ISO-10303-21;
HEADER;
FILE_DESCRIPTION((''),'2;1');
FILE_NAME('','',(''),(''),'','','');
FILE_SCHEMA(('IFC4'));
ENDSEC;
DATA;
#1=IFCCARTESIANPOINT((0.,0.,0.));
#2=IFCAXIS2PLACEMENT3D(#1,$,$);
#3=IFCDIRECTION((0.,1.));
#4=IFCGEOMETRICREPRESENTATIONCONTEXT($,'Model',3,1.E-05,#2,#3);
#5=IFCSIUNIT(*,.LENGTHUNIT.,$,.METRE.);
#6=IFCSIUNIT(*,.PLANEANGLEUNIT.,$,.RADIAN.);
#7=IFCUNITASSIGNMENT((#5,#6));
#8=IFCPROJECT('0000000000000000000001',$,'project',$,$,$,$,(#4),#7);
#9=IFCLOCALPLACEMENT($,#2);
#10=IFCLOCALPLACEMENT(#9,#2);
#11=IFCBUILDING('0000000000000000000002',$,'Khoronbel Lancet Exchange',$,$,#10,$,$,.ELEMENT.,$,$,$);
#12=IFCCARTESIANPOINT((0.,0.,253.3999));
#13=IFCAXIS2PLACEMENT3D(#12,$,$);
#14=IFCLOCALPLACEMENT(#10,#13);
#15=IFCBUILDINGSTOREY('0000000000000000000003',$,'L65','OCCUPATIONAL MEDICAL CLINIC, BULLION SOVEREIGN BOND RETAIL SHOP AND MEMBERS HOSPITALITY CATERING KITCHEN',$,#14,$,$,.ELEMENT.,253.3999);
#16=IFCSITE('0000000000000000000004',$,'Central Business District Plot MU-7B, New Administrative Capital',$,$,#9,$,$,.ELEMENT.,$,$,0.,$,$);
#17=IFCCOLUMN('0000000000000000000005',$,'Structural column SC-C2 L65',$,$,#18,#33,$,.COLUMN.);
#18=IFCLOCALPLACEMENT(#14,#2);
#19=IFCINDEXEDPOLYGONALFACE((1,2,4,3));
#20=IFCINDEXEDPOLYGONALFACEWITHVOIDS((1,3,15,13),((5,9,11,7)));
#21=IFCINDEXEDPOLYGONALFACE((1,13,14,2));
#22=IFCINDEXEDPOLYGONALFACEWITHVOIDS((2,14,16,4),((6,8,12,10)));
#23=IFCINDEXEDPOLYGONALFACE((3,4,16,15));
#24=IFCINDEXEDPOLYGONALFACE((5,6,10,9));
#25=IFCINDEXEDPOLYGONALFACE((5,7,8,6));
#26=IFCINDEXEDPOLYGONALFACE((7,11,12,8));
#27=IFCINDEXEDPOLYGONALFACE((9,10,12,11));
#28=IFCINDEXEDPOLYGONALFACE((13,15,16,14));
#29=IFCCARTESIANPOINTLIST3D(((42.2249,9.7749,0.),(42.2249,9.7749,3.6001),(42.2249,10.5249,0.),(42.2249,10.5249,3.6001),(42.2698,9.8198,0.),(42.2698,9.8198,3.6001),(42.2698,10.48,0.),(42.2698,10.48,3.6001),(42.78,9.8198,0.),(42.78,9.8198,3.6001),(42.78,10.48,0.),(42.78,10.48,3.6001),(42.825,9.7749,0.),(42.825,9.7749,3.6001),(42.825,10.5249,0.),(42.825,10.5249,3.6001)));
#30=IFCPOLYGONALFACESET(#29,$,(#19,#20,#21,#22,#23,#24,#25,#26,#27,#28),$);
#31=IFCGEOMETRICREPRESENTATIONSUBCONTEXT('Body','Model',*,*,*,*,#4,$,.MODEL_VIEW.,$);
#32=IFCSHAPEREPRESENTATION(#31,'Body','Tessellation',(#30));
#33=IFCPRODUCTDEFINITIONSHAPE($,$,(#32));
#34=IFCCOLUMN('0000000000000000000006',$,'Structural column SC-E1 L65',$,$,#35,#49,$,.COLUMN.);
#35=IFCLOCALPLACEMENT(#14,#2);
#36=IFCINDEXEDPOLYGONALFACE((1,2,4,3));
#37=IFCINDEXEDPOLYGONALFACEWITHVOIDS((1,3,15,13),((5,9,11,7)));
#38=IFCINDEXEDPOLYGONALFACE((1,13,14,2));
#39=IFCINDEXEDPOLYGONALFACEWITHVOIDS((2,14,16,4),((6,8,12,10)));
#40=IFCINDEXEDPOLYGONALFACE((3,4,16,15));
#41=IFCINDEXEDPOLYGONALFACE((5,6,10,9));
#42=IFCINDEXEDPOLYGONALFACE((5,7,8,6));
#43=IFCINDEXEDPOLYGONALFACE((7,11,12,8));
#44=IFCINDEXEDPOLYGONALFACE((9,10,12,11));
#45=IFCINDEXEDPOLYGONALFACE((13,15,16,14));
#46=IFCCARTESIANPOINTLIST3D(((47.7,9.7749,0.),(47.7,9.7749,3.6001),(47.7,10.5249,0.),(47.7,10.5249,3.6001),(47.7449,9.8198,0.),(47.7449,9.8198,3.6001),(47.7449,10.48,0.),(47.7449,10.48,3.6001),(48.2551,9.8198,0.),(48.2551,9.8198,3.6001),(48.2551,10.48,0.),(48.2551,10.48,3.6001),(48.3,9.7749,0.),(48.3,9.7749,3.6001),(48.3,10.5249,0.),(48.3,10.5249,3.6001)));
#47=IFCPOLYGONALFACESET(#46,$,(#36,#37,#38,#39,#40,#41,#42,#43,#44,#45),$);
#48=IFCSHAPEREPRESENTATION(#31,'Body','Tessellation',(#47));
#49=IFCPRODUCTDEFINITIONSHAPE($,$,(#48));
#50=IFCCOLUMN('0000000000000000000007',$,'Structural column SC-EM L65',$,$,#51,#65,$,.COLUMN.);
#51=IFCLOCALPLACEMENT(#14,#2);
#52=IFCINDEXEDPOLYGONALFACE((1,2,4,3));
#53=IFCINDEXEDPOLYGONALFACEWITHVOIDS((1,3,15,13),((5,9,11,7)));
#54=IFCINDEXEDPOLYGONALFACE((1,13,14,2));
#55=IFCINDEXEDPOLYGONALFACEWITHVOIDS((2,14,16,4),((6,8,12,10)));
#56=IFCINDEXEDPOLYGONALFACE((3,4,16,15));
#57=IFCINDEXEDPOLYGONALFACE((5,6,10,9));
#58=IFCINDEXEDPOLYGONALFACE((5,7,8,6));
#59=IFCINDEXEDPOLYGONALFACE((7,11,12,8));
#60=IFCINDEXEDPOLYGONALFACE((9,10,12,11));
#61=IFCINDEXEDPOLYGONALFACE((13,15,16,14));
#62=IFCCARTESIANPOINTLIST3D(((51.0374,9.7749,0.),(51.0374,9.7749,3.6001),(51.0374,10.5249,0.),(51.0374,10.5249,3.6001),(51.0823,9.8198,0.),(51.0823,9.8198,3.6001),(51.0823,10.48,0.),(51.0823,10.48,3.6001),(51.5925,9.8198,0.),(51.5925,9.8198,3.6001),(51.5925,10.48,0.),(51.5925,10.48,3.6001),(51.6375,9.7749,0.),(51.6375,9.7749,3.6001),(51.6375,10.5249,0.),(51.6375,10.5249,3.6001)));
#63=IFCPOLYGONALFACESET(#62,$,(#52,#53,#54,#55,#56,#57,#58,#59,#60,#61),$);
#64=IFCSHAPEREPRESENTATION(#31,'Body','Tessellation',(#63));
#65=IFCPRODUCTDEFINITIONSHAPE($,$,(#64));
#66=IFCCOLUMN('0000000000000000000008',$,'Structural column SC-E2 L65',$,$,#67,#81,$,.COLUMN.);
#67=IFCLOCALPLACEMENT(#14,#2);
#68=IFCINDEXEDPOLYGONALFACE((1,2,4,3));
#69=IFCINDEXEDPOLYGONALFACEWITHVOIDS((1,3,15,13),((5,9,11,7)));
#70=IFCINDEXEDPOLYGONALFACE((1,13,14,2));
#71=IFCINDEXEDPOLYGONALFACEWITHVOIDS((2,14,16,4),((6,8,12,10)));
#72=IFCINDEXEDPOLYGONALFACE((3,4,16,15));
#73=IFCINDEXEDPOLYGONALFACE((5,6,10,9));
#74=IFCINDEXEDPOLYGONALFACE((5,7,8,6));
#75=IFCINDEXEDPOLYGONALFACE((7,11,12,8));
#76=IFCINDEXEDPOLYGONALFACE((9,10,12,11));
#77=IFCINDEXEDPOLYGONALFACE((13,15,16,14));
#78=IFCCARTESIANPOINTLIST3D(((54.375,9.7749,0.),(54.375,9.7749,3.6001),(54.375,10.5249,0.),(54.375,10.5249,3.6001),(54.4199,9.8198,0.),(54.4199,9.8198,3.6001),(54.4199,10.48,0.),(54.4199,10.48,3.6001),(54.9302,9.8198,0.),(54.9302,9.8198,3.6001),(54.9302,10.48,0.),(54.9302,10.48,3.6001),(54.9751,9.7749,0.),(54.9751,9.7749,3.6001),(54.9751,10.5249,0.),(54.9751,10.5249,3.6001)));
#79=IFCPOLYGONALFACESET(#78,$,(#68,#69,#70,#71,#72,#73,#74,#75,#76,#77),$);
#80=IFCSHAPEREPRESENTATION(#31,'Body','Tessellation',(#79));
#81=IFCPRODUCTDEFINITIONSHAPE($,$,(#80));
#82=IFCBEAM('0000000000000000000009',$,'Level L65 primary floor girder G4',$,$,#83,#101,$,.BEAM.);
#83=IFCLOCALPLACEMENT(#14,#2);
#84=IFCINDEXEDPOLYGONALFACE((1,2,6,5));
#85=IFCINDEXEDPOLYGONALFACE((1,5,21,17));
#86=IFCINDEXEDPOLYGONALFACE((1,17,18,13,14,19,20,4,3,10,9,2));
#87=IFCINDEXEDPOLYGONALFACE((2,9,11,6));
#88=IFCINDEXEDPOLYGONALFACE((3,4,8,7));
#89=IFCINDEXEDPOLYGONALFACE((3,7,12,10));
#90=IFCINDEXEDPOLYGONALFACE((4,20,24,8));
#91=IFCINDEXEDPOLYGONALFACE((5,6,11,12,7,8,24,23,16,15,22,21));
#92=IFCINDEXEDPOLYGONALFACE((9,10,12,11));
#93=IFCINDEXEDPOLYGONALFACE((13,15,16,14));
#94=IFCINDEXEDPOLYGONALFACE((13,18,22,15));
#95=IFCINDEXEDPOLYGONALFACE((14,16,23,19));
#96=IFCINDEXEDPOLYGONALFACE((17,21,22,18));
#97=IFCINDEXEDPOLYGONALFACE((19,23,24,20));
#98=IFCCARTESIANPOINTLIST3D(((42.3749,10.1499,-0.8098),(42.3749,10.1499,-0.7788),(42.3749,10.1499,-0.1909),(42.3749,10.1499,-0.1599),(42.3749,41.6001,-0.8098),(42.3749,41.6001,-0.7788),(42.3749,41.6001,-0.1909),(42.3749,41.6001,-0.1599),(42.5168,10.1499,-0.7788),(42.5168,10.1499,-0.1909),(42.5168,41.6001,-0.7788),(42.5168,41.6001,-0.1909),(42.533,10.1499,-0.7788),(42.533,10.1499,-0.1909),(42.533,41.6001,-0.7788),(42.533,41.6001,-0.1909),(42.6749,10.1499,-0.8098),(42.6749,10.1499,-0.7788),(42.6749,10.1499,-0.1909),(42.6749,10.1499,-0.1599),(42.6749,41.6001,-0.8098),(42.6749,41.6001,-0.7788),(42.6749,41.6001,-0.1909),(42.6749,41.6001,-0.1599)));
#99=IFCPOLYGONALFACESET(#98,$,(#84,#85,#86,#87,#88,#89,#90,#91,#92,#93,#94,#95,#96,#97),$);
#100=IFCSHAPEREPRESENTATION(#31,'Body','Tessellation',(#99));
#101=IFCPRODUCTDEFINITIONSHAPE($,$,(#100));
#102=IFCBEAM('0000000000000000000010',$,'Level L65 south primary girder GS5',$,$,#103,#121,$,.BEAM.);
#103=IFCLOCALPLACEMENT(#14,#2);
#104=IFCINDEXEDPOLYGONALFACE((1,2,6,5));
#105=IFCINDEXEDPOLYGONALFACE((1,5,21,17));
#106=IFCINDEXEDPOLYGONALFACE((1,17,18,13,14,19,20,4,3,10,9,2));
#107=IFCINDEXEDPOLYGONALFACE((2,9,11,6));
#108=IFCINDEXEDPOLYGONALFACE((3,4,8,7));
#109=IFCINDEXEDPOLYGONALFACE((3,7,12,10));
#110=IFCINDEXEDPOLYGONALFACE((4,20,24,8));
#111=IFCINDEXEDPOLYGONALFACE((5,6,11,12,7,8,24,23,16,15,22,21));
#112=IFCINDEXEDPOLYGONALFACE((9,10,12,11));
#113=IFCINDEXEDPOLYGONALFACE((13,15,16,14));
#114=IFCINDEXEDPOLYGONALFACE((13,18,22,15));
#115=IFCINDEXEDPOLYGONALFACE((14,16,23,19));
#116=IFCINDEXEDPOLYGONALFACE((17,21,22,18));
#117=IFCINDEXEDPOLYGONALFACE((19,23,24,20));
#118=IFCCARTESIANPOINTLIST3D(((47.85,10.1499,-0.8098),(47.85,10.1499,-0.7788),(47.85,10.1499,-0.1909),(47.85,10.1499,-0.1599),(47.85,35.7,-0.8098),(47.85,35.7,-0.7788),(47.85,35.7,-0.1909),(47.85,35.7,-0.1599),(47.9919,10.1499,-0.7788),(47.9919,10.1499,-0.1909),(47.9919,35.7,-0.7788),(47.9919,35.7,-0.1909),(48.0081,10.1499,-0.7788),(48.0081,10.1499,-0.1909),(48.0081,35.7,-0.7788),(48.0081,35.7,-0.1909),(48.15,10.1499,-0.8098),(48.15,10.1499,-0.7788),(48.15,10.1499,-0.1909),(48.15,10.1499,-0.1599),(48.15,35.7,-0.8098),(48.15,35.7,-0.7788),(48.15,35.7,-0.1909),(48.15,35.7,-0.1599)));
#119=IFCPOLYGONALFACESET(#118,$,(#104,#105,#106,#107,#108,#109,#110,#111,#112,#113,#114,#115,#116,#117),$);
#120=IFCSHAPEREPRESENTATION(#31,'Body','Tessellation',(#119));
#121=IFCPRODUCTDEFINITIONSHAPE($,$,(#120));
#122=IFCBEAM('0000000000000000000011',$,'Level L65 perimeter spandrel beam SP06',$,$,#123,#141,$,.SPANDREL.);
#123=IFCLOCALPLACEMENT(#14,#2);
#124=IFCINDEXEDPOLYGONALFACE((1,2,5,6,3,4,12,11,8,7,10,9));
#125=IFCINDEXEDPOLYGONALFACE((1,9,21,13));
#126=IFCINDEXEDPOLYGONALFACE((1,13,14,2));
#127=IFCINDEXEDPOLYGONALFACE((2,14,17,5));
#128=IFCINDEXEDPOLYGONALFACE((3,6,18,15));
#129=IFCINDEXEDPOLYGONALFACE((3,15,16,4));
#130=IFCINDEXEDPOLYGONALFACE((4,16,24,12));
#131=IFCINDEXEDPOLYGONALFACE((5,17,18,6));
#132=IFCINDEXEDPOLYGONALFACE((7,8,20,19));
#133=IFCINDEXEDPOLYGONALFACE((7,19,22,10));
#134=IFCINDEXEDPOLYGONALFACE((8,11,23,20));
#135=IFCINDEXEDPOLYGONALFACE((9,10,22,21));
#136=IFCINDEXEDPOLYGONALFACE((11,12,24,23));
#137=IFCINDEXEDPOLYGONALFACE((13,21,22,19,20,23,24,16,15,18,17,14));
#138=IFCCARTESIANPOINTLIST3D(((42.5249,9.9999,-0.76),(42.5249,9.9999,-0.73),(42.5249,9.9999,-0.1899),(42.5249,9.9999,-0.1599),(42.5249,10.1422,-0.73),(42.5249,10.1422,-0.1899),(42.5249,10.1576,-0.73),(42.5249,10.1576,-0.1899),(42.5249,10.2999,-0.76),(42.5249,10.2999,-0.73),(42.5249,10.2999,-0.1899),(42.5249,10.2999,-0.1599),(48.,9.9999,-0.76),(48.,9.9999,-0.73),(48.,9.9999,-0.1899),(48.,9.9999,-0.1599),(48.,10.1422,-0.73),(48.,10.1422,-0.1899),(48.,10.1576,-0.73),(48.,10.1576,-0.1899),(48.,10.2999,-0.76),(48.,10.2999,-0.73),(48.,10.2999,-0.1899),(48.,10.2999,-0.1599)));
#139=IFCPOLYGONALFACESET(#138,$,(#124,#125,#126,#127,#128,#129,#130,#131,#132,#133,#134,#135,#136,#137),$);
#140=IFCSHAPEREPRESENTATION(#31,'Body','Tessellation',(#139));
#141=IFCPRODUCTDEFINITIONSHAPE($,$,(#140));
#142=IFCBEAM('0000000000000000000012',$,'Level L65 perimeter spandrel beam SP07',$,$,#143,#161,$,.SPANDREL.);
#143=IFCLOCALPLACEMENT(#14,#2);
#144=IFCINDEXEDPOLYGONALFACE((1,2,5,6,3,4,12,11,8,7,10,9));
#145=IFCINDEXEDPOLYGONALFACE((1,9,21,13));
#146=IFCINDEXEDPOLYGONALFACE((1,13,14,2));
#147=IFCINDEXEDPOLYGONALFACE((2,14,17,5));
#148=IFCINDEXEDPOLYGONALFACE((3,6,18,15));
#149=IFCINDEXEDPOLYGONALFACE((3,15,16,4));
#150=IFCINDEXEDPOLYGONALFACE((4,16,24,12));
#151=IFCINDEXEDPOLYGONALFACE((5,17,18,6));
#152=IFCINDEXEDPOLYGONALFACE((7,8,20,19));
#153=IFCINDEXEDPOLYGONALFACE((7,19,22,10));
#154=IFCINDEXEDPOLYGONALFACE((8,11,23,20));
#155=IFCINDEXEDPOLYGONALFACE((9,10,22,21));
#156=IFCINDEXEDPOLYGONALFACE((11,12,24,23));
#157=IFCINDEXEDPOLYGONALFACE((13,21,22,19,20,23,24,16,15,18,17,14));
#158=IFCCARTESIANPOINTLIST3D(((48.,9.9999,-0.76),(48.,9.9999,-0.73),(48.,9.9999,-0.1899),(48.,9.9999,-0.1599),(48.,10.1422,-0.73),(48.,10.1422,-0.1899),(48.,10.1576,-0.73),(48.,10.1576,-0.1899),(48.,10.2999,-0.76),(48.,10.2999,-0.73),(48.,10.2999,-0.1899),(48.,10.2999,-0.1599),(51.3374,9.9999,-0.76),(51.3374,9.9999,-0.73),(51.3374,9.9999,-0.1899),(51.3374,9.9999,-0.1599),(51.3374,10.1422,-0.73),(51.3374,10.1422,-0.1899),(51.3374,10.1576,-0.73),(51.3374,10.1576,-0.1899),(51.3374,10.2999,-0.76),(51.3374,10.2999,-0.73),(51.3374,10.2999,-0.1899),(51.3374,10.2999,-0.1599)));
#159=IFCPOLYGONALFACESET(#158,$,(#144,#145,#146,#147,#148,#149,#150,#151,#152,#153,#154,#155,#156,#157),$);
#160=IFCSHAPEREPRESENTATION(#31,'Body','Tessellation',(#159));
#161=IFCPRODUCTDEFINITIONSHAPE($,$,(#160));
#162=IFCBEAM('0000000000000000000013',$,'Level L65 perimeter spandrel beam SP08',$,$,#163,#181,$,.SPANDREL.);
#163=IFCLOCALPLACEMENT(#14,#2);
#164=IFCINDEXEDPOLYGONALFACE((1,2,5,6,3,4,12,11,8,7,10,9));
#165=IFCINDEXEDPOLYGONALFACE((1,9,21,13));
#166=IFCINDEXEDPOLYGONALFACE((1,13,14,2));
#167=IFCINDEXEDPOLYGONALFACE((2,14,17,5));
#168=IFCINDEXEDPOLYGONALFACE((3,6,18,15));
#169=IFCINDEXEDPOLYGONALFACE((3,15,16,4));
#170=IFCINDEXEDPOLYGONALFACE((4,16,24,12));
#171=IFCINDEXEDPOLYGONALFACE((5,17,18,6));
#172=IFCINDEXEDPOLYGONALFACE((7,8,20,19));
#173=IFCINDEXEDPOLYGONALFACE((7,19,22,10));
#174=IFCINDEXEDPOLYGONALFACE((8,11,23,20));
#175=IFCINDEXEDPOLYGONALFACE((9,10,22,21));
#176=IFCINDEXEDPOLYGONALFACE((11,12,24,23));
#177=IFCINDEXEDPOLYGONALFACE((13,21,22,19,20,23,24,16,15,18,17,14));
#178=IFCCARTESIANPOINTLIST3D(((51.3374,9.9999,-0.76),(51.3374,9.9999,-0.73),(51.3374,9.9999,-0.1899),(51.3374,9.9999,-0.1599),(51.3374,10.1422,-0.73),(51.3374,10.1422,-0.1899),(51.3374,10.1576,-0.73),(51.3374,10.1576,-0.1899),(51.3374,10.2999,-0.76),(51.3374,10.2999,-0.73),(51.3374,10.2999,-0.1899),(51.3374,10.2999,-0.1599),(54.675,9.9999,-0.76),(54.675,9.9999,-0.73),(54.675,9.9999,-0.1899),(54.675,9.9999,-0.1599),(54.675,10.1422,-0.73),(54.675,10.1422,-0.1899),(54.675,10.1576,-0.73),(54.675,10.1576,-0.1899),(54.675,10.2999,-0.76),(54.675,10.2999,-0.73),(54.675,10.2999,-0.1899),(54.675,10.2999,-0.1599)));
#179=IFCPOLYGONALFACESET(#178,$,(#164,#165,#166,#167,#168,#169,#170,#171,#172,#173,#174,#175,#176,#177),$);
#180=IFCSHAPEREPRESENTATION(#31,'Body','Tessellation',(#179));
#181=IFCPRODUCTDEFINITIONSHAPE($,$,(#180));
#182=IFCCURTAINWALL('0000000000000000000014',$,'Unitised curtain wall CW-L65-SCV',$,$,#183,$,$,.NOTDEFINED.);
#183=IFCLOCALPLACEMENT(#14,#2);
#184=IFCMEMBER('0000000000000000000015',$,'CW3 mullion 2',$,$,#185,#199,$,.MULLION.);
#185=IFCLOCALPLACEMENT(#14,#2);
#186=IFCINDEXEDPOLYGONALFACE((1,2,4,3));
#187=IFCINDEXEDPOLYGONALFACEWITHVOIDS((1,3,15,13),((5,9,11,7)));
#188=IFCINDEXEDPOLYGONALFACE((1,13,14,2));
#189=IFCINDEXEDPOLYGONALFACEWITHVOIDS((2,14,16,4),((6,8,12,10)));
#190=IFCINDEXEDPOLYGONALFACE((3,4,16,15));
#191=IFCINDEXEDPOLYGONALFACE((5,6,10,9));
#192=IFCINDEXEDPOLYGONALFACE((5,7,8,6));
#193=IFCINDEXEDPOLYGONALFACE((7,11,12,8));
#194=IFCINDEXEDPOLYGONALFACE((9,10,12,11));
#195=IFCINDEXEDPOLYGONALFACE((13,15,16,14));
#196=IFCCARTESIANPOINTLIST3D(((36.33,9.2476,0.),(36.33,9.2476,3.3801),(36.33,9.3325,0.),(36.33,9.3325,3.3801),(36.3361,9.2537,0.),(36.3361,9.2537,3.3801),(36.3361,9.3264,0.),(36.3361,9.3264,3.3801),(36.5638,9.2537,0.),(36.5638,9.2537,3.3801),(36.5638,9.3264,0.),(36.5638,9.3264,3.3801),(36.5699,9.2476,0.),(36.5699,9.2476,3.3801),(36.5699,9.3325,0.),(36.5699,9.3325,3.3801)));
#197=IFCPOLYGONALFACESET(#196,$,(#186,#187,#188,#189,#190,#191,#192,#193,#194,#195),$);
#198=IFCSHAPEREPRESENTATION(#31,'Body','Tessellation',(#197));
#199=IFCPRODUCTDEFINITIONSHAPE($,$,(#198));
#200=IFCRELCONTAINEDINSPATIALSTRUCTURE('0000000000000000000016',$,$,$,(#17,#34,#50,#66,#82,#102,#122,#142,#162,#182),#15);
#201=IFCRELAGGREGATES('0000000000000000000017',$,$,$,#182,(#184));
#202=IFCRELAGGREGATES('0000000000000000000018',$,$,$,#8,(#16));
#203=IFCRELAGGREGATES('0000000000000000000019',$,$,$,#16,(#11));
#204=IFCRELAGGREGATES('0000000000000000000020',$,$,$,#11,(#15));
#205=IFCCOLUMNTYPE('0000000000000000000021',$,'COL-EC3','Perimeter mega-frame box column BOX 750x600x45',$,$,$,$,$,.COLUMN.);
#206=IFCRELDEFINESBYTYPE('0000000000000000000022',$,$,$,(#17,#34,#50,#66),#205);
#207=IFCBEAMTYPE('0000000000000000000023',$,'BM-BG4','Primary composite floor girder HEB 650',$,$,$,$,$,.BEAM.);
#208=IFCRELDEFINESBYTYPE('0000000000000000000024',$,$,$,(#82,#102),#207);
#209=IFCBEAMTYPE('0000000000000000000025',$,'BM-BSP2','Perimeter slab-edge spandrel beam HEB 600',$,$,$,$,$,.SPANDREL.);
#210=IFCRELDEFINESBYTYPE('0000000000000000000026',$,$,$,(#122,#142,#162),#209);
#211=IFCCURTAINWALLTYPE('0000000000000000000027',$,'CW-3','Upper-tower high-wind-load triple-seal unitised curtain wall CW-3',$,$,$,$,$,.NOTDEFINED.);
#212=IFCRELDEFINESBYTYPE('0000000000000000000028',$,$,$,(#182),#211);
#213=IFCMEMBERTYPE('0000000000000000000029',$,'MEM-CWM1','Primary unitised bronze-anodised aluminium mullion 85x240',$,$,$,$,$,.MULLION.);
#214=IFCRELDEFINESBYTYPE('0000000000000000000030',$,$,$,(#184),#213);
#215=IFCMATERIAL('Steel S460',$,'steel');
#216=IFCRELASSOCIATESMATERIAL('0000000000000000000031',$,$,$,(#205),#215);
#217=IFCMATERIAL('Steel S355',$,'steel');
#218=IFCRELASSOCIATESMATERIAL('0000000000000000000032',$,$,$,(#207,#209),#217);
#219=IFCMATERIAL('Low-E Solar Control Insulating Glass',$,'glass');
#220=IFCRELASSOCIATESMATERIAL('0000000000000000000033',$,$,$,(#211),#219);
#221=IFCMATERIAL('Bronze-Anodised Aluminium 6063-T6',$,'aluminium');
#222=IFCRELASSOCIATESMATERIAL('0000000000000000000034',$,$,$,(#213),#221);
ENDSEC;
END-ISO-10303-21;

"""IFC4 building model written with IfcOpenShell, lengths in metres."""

from ifc_helpers import new_model, si_unit, direction, frame, origin, origin_2d, place, context, subcontext, project, spatial, hollow_rectangle, i_section, extrude, material, material_profile, profile_set, type_object, element, aggregate, save


model = new_model("IFC4")

# Units and contexts
model_context = context("Model", 3, precision=1e-05, world=origin(), true_north=direction((0.0, 1.0)))
body_context = subcontext(model_context, "Body", "Model", "MODEL_VIEW")
ifc_project = project(units=[si_unit("LENGTHUNIT", "METRE"), si_unit("PLANEANGLEUNIT", "RADIAN")], contexts=[model_context])

# Site, building, storey
site_placement = place(None, origin())
site = spatial("IfcSite", under=ifc_project, at=site_placement, Name="Central Business District Plot MU-7B, New Administrative Capital", CompositionType="ELEMENT", RefElevation=0.0)
building_placement = place(site_placement, origin())
building = spatial("IfcBuilding", under=site, at=building_placement, Name="Khoronbel Lancet Exchange", CompositionType="ELEMENT")
storey_placement = place(building_placement, frame((0.0, 0.0, 253.3999)))
storey = spatial("IfcBuildingStorey", under=building, at=storey_placement, Name="L65", Description="OCCUPATIONAL MEDICAL CLINIC, BULLION SOVEREIGN BOND RETAIL SHOP AND MEMBERS HOSPITALITY CATERING KITCHEN", CompositionType="ELEMENT", Elevation=253.3999)

# Columns
ifc_material_1 = material(Name="Steel S460", Category="steel")
ifc_material_profile_1 = material_profile(ifc_material_1, hollow_rectangle(XDim=0.6001, YDim=0.75, WallThickness=0.0449, at=origin_2d()), Name="BOX 750x600x45")
ifc_profile_set_1 = profile_set([ifc_material_profile_1], Name="Steel S460")
column_type = type_object("IfcColumnType", Name="COL-EC3", Description="Perimeter mega-frame box column BOX 750x600x45", PredefinedType="COLUMN", material=ifc_profile_set_1)
for number, where, z_axis, x_axis, name in (
    (1, (42.5249, 10.1499, 0.0), (0.0, 0.0, 1.0), (1.0, 0.0, 0.0), "Structural column SC-C2 L65"),
    (2, (48.0, 10.1499, 0.0), (0.0, 0.0, 1.0), (1.0, 0.0, 0.0), "Structural column SC-E1 L65"),
    (3, (51.3374, 10.1499, 0.0), (0.0, 0.0, 1.0), (1.0, 0.0, 0.0), "Structural column SC-EM L65"),
    (4, (54.675, 10.1499, 0.0), (0.0, 0.0, 1.0), (1.0, 0.0, 0.0), "Structural column SC-E2 L65"),
):
    element("IfcColumn", number, at=place(storey_placement, frame(where, z_axis=z_axis, x_axis=x_axis)), inside=storey, type_object=column_type, Name=name, PredefinedType="COLUMN", context=body_context, shape_type="SweptSolid", body=[
        extrude(hollow_rectangle(XDim=0.6001, YDim=0.75, WallThickness=0.0449, at=origin_2d()), origin(), (0.0, 0.0, 1.0), 3.6001),
    ])

# Beams
ifc_material_2 = material(Name="Steel S355", Category="steel")
ifc_material_profile_2 = material_profile(ifc_material_2, i_section(OverallWidth=0.3, OverallDepth=0.6499, WebThickness=0.0161, FlangeThickness=0.031, at=origin_2d()), Name="HEB 650")
ifc_profile_set_2 = profile_set([ifc_material_profile_2], Name="Steel S355")
beam_type_1 = type_object("IfcBeamType", Name="BM-BG4", Description="Primary composite floor girder HEB 650", PredefinedType="BEAM", material=ifc_profile_set_2)
beam_1_placement = place(storey_placement, frame((42.5249, 10.1499, -0.4849), z_axis=(0.0, 1.0, 0.0), x_axis=(-1.0, 0.0, 0.0)))
element("IfcBeam", 5, at=beam_1_placement, inside=storey, type_object=beam_type_1, Name="Level L65 primary floor girder G4", PredefinedType="BEAM", context=body_context, shape_type="SweptSolid", body=[
    extrude(i_section(OverallWidth=0.3, OverallDepth=0.6499, WebThickness=0.0161, FlangeThickness=0.031, at=origin_2d()), origin(), (0.0, 0.0, 1.0), 31.4502),
])
beam_2_placement = place(storey_placement, frame((48.0, 10.1499, -0.4849), z_axis=(0.0, 1.0, 0.0), x_axis=(-1.0, 0.0, 0.0)))
element("IfcBeam", 6, at=beam_2_placement, inside=storey, type_object=beam_type_1, Name="Level L65 south primary girder GS5", PredefinedType="BEAM", context=body_context, shape_type="SweptSolid", body=[
    extrude(i_section(OverallWidth=0.3, OverallDepth=0.6499, WebThickness=0.0161, FlangeThickness=0.031, at=origin_2d()), origin(), (0.0, 0.0, 1.0), 25.55),
])
ifc_material_profile_3 = material_profile(ifc_material_2, i_section(OverallWidth=0.3, OverallDepth=0.6001, WebThickness=0.0154, FlangeThickness=0.03, at=origin_2d()), Name="HEB 600")
ifc_profile_set_3 = profile_set([ifc_material_profile_3], Name="Steel S355")
beam_type_2 = type_object("IfcBeamType", Name="BM-BSP2", Description="Perimeter slab-edge spandrel beam HEB 600", PredefinedType="SPANDREL", material=ifc_profile_set_3)
beam_3_placement = place(storey_placement, frame((42.5249, 10.1499, -0.46), z_axis=(1.0, 0.0, 0.0), x_axis=(0.0, 1.0, 0.0)))
element("IfcBeam", 7, at=beam_3_placement, inside=storey, type_object=beam_type_2, Name="Level L65 perimeter spandrel beam SP06", PredefinedType="SPANDREL", context=body_context, shape_type="SweptSolid", body=[
    extrude(i_section(OverallWidth=0.3, OverallDepth=0.6001, WebThickness=0.0154, FlangeThickness=0.03, at=origin_2d()), origin(), (0.0, 0.0, 1.0), 5.4751),
])
beam_4_placement = place(storey_placement, frame((48.0, 10.1499, -0.46), z_axis=(1.0, 0.0, 0.0), x_axis=(0.0, 1.0, 0.0)))
element("IfcBeam", 8, at=beam_4_placement, inside=storey, type_object=beam_type_2, Name="Level L65 perimeter spandrel beam SP07", PredefinedType="SPANDREL", context=body_context, shape_type="SweptSolid", body=[
    extrude(i_section(OverallWidth=0.3, OverallDepth=0.6001, WebThickness=0.0154, FlangeThickness=0.03, at=origin_2d()), origin(), (0.0, 0.0, 1.0), 3.3374),
])
beam_5_placement = place(storey_placement, frame((51.3374, 10.1499, -0.46), z_axis=(1.0, 0.0, 0.0), x_axis=(0.0, 1.0, 0.0)))
element("IfcBeam", 9, at=beam_5_placement, inside=storey, type_object=beam_type_2, Name="Level L65 perimeter spandrel beam SP08", PredefinedType="SPANDREL", context=body_context, shape_type="SweptSolid", body=[
    extrude(i_section(OverallWidth=0.3, OverallDepth=0.6001, WebThickness=0.0154, FlangeThickness=0.03, at=origin_2d()), origin(), (0.0, 0.0, 1.0), 3.3376),
])

# Curtain wall, member
ifc_material_3 = material(Name="Low-E Solar Control Insulating Glass", Category="glass")
curtain_wall_type = type_object("IfcCurtainWallType", Name="CW-3", Description="Upper-tower high-wind-load triple-seal unitised curtain wall CW-3", PredefinedType="NOTDEFINED", material=ifc_material_3)
curtain_wall_1_placement = place(storey_placement, origin())
curtain_wall_1 = element("IfcCurtainWall", 10, at=curtain_wall_1_placement, inside=storey, type_object=curtain_wall_type, Name="Unitised curtain wall CW-L65-SCV", PredefinedType="NOTDEFINED")
ifc_material_4 = material(Name="Bronze-Anodised Aluminium 6063-T6", Category="aluminium")
ifc_material_profile_4 = material_profile(ifc_material_4, hollow_rectangle(XDim=0.085, YDim=0.24, WallThickness=0.0061, at=origin_2d()), Name="ALU MULLION 85x240")
ifc_profile_set_4 = profile_set([ifc_material_profile_4], Name="Bronze-Anodised Aluminium 6063-T6")
member_type_1 = type_object("IfcMemberType", Name="MEM-CWM1", Description="Primary unitised bronze-anodised aluminium mullion 85x240", PredefinedType="MULLION", material=ifc_profile_set_4)
member_1_placement = place(storey_placement, frame((36.45, 9.29, 0.0), z_axis=(0.0, 0.0, 1.0), x_axis=(0.0, 1.0, 0.0)))
member_1 = element("IfcMember", 11, at=member_1_placement, type_object=member_type_1, Name="CW3 mullion 2", PredefinedType="MULLION", context=body_context, shape_type="SweptSolid", body=[
    extrude(hollow_rectangle(XDim=0.085, YDim=0.24, WallThickness=0.0061, at=origin_2d()), origin(), (0.0, 0.0, 1.0), 3.3801),
])

aggregate(curtain_wall_1, [member_1])

save(model, "model.ifc")
